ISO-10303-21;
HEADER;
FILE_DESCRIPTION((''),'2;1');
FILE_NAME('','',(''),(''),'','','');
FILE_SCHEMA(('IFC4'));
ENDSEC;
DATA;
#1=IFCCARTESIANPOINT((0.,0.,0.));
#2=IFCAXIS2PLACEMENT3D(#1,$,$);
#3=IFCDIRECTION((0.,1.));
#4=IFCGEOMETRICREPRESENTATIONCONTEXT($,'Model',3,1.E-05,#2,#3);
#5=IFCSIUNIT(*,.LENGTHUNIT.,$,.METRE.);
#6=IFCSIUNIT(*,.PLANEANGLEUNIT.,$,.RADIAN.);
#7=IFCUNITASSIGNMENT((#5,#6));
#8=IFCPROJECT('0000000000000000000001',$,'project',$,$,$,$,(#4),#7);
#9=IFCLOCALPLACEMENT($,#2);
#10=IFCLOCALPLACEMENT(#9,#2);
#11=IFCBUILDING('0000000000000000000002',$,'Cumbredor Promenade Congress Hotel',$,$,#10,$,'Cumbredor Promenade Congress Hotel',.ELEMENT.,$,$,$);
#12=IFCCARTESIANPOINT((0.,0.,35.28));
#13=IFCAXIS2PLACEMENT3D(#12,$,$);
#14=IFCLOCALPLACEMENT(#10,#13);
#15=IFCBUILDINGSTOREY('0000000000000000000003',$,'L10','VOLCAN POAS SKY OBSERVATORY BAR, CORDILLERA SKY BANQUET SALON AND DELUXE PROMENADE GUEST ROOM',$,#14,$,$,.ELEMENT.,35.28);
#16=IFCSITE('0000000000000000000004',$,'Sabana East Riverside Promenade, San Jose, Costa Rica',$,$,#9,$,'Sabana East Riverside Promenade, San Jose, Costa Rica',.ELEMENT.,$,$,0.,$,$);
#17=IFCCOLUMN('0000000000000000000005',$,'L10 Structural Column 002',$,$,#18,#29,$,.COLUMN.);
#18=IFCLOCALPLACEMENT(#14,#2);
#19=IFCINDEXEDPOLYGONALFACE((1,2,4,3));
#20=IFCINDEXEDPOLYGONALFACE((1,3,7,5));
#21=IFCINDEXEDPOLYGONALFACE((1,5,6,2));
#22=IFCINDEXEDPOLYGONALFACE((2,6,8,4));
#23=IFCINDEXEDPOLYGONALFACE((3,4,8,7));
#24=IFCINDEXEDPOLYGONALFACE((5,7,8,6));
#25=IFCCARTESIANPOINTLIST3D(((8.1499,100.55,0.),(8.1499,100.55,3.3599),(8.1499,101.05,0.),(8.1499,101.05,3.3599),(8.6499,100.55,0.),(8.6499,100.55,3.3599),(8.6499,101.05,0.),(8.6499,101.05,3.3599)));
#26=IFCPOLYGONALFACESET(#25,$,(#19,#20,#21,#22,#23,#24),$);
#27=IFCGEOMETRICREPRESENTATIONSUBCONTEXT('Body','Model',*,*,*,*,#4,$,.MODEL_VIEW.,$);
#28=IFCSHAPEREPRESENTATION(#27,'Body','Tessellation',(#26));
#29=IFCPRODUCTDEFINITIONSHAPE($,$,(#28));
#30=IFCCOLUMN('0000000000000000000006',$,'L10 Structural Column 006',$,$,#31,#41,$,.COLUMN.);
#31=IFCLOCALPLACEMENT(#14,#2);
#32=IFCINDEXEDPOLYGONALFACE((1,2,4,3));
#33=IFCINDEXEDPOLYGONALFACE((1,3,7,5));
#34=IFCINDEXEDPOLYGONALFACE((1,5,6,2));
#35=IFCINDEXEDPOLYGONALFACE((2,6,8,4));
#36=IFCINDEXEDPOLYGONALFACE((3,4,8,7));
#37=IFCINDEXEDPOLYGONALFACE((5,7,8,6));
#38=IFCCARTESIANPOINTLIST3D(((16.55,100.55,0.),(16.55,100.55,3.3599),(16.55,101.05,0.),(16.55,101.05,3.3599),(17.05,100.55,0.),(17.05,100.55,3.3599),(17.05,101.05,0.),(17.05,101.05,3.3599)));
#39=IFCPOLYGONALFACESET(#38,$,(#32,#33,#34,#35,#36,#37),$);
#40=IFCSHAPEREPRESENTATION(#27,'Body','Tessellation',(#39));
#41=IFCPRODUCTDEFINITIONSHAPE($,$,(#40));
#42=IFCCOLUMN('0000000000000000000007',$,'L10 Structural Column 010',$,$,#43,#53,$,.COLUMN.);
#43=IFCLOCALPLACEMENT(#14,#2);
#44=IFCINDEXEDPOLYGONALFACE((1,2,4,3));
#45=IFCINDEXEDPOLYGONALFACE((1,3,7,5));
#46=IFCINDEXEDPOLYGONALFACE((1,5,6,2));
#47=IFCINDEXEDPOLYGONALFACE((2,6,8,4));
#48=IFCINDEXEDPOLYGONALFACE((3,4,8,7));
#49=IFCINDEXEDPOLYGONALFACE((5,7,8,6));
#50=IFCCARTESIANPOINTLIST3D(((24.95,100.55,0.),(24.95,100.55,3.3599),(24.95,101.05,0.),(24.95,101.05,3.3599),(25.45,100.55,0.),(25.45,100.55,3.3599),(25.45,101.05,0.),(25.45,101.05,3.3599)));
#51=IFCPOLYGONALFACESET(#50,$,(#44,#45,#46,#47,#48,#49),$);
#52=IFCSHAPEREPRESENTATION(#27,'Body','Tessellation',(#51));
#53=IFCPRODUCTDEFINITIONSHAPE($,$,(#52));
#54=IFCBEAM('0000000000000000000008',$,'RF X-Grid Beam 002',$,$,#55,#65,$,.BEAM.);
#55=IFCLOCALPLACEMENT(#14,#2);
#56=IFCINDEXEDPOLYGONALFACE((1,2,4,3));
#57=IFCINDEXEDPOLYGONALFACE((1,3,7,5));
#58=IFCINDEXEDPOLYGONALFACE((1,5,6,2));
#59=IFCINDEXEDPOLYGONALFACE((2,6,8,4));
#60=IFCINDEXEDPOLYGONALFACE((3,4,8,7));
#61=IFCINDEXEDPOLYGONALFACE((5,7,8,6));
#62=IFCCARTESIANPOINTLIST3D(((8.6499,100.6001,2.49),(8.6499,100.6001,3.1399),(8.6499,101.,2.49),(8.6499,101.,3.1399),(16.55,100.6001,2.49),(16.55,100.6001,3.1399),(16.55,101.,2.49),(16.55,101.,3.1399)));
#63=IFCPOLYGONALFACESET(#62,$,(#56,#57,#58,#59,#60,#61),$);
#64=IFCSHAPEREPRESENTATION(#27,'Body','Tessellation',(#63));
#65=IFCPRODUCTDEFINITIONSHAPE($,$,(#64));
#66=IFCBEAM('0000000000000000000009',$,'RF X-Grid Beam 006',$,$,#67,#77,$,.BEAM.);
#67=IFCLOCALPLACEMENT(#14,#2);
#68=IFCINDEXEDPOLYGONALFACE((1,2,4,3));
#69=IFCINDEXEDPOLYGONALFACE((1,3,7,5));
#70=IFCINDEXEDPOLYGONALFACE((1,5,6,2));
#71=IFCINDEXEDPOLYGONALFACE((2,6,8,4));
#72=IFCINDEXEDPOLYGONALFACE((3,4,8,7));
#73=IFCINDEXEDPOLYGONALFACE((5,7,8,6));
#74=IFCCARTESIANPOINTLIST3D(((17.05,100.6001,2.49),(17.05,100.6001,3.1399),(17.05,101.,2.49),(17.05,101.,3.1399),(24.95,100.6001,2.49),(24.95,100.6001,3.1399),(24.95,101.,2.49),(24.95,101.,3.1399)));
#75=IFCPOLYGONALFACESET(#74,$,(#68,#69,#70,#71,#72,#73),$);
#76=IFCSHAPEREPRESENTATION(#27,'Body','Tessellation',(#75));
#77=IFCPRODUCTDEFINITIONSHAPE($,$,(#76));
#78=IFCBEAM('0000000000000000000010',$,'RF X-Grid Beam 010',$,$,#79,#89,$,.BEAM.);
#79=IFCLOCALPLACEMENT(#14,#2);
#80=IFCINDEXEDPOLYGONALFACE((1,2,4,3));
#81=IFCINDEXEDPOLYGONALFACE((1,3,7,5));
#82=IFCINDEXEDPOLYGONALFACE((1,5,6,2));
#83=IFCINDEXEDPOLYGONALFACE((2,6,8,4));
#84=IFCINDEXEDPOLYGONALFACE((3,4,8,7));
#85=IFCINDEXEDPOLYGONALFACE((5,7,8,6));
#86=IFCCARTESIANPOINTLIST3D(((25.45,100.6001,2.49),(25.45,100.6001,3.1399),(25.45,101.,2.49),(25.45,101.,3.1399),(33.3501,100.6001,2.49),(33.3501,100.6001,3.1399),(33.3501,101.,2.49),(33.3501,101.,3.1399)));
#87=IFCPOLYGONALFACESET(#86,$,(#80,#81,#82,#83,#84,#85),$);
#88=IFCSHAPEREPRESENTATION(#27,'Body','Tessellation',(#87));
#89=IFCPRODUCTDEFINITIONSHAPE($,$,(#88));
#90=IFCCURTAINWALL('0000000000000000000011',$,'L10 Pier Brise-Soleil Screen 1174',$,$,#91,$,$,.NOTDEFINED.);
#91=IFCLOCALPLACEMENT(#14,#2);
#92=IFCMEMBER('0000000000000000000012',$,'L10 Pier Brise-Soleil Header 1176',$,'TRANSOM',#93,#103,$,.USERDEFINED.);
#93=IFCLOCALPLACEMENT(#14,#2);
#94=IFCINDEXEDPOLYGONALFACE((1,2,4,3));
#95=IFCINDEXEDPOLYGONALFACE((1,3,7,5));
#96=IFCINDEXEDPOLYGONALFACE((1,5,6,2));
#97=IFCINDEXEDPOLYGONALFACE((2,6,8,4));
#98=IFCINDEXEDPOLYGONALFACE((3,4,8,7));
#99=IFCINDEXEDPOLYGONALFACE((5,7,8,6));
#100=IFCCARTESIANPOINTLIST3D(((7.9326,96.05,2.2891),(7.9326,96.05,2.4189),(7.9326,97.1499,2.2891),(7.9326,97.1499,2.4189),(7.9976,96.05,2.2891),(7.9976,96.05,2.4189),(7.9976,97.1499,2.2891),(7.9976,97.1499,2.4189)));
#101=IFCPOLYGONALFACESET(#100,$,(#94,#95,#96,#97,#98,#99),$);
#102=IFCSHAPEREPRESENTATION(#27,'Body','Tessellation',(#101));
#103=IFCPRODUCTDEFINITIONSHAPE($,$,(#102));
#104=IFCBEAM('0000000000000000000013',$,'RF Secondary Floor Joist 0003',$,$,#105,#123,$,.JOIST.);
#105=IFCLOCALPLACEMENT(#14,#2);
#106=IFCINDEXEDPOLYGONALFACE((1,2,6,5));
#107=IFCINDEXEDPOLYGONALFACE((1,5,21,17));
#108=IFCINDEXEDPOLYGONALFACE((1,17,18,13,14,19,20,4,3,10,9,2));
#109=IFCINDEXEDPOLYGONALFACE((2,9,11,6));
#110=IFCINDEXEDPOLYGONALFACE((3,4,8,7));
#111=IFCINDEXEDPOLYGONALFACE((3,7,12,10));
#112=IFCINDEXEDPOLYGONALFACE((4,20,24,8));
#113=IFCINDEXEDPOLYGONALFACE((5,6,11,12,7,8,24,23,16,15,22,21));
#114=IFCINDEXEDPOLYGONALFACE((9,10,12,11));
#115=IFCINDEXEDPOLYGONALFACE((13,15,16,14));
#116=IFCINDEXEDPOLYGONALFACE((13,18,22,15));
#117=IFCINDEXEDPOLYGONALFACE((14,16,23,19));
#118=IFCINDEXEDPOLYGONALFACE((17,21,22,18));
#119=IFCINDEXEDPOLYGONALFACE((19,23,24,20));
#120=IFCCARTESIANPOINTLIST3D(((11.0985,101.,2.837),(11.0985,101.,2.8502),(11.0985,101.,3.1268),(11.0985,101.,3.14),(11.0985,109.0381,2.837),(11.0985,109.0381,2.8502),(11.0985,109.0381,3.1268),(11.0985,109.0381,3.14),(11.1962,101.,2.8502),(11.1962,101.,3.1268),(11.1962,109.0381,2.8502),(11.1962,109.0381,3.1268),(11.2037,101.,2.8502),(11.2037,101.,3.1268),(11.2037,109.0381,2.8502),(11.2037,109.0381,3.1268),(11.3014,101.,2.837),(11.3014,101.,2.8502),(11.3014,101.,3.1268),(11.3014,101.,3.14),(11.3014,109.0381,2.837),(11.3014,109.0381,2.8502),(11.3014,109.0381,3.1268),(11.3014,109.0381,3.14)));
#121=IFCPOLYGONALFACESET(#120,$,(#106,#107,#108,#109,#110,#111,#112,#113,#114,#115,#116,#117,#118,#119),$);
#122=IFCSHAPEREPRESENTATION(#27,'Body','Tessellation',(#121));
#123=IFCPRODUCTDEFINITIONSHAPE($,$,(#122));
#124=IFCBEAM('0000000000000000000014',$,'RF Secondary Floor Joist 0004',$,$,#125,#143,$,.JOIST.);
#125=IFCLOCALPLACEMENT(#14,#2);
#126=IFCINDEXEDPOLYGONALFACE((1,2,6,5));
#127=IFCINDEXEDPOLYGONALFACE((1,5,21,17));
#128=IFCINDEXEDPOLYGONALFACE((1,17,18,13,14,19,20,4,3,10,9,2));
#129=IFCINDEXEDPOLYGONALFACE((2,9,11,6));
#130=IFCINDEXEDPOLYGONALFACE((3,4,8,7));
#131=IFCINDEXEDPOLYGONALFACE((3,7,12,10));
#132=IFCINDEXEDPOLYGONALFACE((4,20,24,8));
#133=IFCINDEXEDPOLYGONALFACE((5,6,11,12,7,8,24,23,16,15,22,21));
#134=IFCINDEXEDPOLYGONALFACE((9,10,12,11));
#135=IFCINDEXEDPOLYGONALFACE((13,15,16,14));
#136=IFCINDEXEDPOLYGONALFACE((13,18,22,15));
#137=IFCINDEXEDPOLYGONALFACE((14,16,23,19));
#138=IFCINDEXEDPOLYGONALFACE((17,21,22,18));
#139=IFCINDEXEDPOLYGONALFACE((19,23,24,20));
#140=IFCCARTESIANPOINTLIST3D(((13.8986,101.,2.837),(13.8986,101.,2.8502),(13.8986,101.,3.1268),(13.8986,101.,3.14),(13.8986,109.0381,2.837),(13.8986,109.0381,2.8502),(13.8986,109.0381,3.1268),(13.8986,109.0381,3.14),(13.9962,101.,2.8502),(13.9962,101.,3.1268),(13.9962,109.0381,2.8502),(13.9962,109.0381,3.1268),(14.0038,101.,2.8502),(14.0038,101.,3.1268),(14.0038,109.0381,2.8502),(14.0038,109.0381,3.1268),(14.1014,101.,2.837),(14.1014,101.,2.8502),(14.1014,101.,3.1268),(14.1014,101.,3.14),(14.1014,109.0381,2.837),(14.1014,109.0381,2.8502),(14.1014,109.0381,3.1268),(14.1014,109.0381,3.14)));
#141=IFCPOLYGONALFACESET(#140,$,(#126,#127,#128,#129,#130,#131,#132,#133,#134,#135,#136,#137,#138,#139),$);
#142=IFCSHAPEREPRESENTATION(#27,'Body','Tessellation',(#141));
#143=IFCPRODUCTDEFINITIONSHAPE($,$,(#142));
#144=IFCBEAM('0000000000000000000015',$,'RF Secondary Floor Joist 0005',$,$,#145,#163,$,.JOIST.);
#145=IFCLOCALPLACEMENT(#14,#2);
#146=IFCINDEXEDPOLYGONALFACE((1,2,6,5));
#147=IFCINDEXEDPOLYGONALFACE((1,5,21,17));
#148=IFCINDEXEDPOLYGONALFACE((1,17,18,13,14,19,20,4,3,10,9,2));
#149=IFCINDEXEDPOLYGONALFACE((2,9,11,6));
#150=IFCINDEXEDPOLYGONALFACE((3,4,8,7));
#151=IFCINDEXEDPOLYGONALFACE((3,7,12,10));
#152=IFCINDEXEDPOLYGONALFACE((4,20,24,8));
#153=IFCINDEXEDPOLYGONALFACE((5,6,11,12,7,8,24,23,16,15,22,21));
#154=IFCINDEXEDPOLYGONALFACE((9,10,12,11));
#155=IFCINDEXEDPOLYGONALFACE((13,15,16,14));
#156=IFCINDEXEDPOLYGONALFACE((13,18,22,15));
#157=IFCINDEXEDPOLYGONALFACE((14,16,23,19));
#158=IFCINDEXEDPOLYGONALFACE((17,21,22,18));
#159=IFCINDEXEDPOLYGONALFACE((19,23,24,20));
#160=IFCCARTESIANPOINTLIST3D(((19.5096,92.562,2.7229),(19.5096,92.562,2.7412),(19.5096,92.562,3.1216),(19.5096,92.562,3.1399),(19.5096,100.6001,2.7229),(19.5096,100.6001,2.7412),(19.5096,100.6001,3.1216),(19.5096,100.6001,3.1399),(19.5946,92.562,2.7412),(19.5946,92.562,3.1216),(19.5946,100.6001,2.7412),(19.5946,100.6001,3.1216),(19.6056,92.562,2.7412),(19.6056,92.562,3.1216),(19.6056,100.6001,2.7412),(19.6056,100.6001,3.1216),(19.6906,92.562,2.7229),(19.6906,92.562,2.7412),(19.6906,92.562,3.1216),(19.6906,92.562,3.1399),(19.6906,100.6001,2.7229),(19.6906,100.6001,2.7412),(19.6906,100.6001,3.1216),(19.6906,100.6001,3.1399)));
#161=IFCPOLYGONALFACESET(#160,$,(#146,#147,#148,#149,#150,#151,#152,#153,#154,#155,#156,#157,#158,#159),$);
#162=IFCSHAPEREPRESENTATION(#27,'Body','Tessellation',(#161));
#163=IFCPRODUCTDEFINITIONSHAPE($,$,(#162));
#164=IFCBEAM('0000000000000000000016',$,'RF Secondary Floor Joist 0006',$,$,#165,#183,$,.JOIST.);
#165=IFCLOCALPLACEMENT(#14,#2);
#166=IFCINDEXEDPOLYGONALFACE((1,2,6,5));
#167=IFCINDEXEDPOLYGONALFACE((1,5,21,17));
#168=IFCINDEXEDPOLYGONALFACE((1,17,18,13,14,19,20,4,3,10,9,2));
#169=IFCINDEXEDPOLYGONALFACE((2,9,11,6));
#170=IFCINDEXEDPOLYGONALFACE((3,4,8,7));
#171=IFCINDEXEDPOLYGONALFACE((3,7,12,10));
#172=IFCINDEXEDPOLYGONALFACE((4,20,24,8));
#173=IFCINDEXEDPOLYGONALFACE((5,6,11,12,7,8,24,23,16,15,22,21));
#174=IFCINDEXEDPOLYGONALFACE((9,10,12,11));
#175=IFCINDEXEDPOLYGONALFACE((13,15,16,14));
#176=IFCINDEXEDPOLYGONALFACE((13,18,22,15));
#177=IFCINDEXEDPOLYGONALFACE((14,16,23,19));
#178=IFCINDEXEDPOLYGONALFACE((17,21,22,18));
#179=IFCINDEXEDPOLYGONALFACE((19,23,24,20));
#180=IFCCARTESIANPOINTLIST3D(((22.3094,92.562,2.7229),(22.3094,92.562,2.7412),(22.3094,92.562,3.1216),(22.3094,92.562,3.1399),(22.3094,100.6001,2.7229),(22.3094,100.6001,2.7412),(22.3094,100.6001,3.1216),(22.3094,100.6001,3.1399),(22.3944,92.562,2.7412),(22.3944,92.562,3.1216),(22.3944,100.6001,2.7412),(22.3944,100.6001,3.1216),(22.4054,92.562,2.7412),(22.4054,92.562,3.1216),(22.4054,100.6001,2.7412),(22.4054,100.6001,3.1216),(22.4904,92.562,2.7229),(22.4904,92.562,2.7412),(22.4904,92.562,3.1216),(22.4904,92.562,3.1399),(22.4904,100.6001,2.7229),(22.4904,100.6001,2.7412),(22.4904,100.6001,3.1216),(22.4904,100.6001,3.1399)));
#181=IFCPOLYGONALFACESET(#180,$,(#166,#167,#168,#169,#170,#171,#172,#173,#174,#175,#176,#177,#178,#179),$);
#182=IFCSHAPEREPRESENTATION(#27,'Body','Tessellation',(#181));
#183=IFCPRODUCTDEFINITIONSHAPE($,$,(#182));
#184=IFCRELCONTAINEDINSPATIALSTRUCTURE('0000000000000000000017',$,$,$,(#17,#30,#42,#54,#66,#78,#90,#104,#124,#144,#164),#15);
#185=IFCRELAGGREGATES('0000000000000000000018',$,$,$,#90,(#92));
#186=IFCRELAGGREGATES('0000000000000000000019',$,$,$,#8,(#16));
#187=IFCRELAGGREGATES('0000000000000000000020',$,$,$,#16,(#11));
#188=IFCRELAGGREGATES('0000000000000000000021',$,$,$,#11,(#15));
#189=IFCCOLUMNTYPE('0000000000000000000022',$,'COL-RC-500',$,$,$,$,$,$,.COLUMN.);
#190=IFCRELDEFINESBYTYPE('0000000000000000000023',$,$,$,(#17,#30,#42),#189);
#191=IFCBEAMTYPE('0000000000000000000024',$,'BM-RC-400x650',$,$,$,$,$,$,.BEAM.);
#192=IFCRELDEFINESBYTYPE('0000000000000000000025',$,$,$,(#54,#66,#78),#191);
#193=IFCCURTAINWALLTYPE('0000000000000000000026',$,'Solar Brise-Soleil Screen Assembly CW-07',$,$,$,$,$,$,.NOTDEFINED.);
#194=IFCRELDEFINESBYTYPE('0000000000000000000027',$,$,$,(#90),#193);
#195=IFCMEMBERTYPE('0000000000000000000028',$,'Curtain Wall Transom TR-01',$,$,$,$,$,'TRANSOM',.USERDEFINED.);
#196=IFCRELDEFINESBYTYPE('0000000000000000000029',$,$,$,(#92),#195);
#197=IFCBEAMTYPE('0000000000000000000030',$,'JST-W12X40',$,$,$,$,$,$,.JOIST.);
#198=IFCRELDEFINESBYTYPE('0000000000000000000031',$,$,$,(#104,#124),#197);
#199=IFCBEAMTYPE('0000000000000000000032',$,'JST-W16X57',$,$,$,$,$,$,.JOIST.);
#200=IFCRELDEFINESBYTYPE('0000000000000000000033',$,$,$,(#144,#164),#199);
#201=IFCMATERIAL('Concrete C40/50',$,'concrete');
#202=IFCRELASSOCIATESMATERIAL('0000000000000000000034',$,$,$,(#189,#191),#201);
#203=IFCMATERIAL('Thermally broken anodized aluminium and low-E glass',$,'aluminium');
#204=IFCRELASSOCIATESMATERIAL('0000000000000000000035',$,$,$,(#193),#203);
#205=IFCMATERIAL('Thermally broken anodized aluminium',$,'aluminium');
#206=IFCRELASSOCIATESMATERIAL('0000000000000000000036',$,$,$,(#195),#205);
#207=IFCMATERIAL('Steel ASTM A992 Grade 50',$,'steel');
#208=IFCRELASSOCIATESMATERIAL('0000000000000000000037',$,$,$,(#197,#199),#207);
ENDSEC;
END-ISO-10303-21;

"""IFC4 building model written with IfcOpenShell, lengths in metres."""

from ifc_helpers import new_model, si_unit, direction, frame, origin, origin_2d, place, context, subcontext, project, spatial, rectangle, i_section, extrude, material, material_profile, profile_set, type_object, element, aggregate, save


model = new_model("IFC4")

# Units and contexts
model_context = context("Model", 3, precision=1e-05, world=origin(), true_north=direction((0.0, 1.0)))
body_context = subcontext(model_context, "Body", "Model", "MODEL_VIEW")
ifc_project = project(units=[si_unit("LENGTHUNIT", "METRE"), si_unit("PLANEANGLEUNIT", "RADIAN")], contexts=[model_context])

# Site, building, storey
site_placement = place(None, origin())
site = spatial("IfcSite", under=ifc_project, at=site_placement, Name="Sabana East Riverside Promenade, San Jose, Costa Rica", LongName="Sabana East Riverside Promenade, San Jose, Costa Rica", CompositionType="ELEMENT", RefElevation=0.0)
building_placement = place(site_placement, origin())
building = spatial("IfcBuilding", under=site, at=building_placement, Name="Cumbredor Promenade Congress Hotel", LongName="Cumbredor Promenade Congress Hotel", CompositionType="ELEMENT")
storey_placement = place(building_placement, frame((0.0, 0.0, 35.28)))
storey = spatial("IfcBuildingStorey", under=building, at=storey_placement, Name="L10", Description="VOLCAN POAS SKY OBSERVATORY BAR, CORDILLERA SKY BANQUET SALON AND DELUXE PROMENADE GUEST ROOM", CompositionType="ELEMENT", Elevation=35.28)

# Columns
ifc_material_1 = material(Name="Concrete C40/50", Category="concrete")
ifc_material_profile_1 = material_profile(ifc_material_1, rectangle(XDim=0.5, YDim=0.5, at=origin_2d()), Name="RC 500x500")
ifc_profile_set_1 = profile_set([ifc_material_profile_1], Name="Concrete C40/50")
column_type = type_object("IfcColumnType", Name="COL-RC-500", PredefinedType="COLUMN", material=ifc_profile_set_1)
for number, where, z_axis, x_axis, name in (
    (1, (8.3999, 100.8, 0.0), (0.0, 0.0, 1.0), (1.0, 0.0, 0.0), "L10 Structural Column 002"),
    (2, (16.8, 100.8, 0.0), (0.0, 0.0, 1.0), (1.0, 0.0, 0.0), "L10 Structural Column 006"),
    (3, (25.2, 100.8, 0.0), (0.0, 0.0, 1.0), (1.0, 0.0, 0.0), "L10 Structural Column 010"),
):
    element("IfcColumn", number, at=place(storey_placement, frame(where, z_axis=z_axis, x_axis=x_axis)), inside=storey, type_object=column_type, Name=name, PredefinedType="COLUMN", context=body_context, shape_type="SweptSolid", body=[
        extrude(rectangle(XDim=0.5, YDim=0.5, at=origin_2d()), origin(), (0.0, 0.0, 1.0), 3.3599),
    ])

# Beams
ifc_material_profile_2 = material_profile(ifc_material_1, rectangle(XDim=0.3999, YDim=0.6499, at=origin_2d()), Name="RC BEAM 400x650")
ifc_profile_set_2 = profile_set([ifc_material_profile_2], Name="Concrete C40/50")
beam_type_1 = type_object("IfcBeamType", Name="BM-RC-400x650", PredefinedType="BEAM", material=ifc_profile_set_2)
beam_1_placement = place(storey_placement, frame((8.6499, 100.8, 2.8149), z_axis=(1.0, 0.0, 0.0), x_axis=(0.0, 1.0, 0.0)))
element("IfcBeam", 4, at=beam_1_placement, inside=storey, type_object=beam_type_1, Name="RF X-Grid Beam 002", PredefinedType="BEAM", context=body_context, shape_type="SweptSolid", body=[
    extrude(rectangle(XDim=0.3999, YDim=0.6499, at=origin_2d()), origin(), (0.0, 0.0, 1.0), 7.9001),
])
beam_2_placement = place(storey_placement, frame((17.05, 100.8, 2.8149), z_axis=(1.0, 0.0, 0.0), x_axis=(0.0, 1.0, 0.0)))
element("IfcBeam", 5, at=beam_2_placement, inside=storey, type_object=beam_type_1, Name="RF X-Grid Beam 006", PredefinedType="BEAM", context=body_context, shape_type="SweptSolid", body=[
    extrude(rectangle(XDim=0.3999, YDim=0.6499, at=origin_2d()), origin(), (0.0, 0.0, 1.0), 7.8999),
])
beam_3_placement = place(storey_placement, frame((25.45, 100.8, 2.8149), z_axis=(1.0, 0.0, 0.0), x_axis=(0.0, 1.0, 0.0)))
element("IfcBeam", 6, at=beam_3_placement, inside=storey, type_object=beam_type_1, Name="RF X-Grid Beam 010", PredefinedType="BEAM", context=body_context, shape_type="SweptSolid", body=[
    extrude(rectangle(XDim=0.3999, YDim=0.6499, at=origin_2d()), origin(), (0.0, 0.0, 1.0), 7.9001),
])

# Curtain wall, member
ifc_material_2 = material(Name="Thermally broken anodized aluminium and low-E glass", Category="aluminium")
curtain_wall_type = type_object("IfcCurtainWallType", Name="Solar Brise-Soleil Screen Assembly CW-07", PredefinedType="NOTDEFINED", material=ifc_material_2)
curtain_wall_placement = place(storey_placement, origin())
curtain_wall = element("IfcCurtainWall", 7, at=curtain_wall_placement, inside=storey, type_object=curtain_wall_type, Name="L10 Pier Brise-Soleil Screen 1174", PredefinedType="NOTDEFINED")
ifc_material_3 = material(Name="Thermally broken anodized aluminium", Category="aluminium")
ifc_material_profile_3 = material_profile(ifc_material_3, rectangle(XDim=0.0649, YDim=0.1299, at=origin_2d()), Name="ALU TRANSOM 65x130")
ifc_profile_set_3 = profile_set([ifc_material_profile_3], Name="Thermally broken anodized aluminium")
member_type_1 = type_object("IfcMemberType", Name="Curtain Wall Transom TR-01", ElementType="TRANSOM", PredefinedType="USERDEFINED", material=ifc_profile_set_3)
member_1_placement = place(storey_placement, frame((7.9651, 96.05, 2.354), z_axis=(0.0, 1.0, 0.0), x_axis=(-1.0, 0.0, 0.0)))
member_1 = element("IfcMember", 8, at=member_1_placement, type_object=member_type_1, Name="L10 Pier Brise-Soleil Header 1176", ObjectType="TRANSOM", PredefinedType="USERDEFINED", context=body_context, shape_type="SweptSolid", body=[
    extrude(rectangle(XDim=0.0649, YDim=0.1299, at=origin_2d()), origin(), (0.0, 0.0, 1.0), 1.0999),
])

# Beams
ifc_material_4 = material(Name="Steel ASTM A992 Grade 50", Category="steel")
ifc_material_profile_4 = material_profile(ifc_material_4, i_section(OverallWidth=0.2029, OverallDepth=0.303, WebThickness=0.0076, FlangeThickness=0.0132, at=origin_2d()), Name="W12X40")
ifc_profile_set_4 = profile_set([ifc_material_profile_4], Name="Steel ASTM A992 Grade 50")
beam_type_2 = type_object("IfcBeamType", Name="JST-W12X40", PredefinedType="JOIST", material=ifc_profile_set_4)
for number, where, z_axis, x_axis, name in (
    (9, (11.2, 101.0, 2.9885), (0.0, 1.0, 0.0), (-1.0, 0.0, 0.0), "RF Secondary Floor Joist 0003"),
    (10, (14.0, 101.0, 2.9885), (0.0, 1.0, 0.0), (-1.0, 0.0, 0.0), "RF Secondary Floor Joist 0004"),
):
    element("IfcBeam", number, at=place(storey_placement, frame(where, z_axis=z_axis, x_axis=x_axis)), inside=storey, type_object=beam_type_2, Name=name, PredefinedType="JOIST", context=body_context, shape_type="SweptSolid", body=[
        extrude(i_section(OverallWidth=0.2029, OverallDepth=0.303, WebThickness=0.0076, FlangeThickness=0.0132, at=origin_2d()), origin(), (0.0, 0.0, 1.0), 8.0381),
    ])
ifc_material_profile_5 = material_profile(ifc_material_4, i_section(OverallWidth=0.1809, OverallDepth=0.417, WebThickness=0.011, FlangeThickness=0.0183, at=origin_2d()), Name="W16X57")
ifc_profile_set_5 = profile_set([ifc_material_profile_5], Name="Steel ASTM A992 Grade 50")
beam_type_3 = type_object("IfcBeamType", Name="JST-W16X57", PredefinedType="JOIST", material=ifc_profile_set_5)
for number, where, z_axis, x_axis, name in (
    (11, (19.6001, 92.562, 2.9314), (0.0, 1.0, 0.0), (-1.0, 0.0, 0.0), "RF Secondary Floor Joist 0005"),
    (12, (22.3999, 92.562, 2.9314), (0.0, 1.0, 0.0), (-1.0, 0.0, 0.0), "RF Secondary Floor Joist 0006"),
):
    element("IfcBeam", number, at=place(storey_placement, frame(where, z_axis=z_axis, x_axis=x_axis)), inside=storey, type_object=beam_type_3, Name=name, PredefinedType="JOIST", context=body_context, shape_type="SweptSolid", body=[
        extrude(i_section(OverallWidth=0.1809, OverallDepth=0.417, WebThickness=0.011, FlangeThickness=0.0183, at=origin_2d()), origin(), (0.0, 0.0, 1.0), 8.0381),
    ])

aggregate(curtain_wall, [member_1])

save(model, "model.ifc")
